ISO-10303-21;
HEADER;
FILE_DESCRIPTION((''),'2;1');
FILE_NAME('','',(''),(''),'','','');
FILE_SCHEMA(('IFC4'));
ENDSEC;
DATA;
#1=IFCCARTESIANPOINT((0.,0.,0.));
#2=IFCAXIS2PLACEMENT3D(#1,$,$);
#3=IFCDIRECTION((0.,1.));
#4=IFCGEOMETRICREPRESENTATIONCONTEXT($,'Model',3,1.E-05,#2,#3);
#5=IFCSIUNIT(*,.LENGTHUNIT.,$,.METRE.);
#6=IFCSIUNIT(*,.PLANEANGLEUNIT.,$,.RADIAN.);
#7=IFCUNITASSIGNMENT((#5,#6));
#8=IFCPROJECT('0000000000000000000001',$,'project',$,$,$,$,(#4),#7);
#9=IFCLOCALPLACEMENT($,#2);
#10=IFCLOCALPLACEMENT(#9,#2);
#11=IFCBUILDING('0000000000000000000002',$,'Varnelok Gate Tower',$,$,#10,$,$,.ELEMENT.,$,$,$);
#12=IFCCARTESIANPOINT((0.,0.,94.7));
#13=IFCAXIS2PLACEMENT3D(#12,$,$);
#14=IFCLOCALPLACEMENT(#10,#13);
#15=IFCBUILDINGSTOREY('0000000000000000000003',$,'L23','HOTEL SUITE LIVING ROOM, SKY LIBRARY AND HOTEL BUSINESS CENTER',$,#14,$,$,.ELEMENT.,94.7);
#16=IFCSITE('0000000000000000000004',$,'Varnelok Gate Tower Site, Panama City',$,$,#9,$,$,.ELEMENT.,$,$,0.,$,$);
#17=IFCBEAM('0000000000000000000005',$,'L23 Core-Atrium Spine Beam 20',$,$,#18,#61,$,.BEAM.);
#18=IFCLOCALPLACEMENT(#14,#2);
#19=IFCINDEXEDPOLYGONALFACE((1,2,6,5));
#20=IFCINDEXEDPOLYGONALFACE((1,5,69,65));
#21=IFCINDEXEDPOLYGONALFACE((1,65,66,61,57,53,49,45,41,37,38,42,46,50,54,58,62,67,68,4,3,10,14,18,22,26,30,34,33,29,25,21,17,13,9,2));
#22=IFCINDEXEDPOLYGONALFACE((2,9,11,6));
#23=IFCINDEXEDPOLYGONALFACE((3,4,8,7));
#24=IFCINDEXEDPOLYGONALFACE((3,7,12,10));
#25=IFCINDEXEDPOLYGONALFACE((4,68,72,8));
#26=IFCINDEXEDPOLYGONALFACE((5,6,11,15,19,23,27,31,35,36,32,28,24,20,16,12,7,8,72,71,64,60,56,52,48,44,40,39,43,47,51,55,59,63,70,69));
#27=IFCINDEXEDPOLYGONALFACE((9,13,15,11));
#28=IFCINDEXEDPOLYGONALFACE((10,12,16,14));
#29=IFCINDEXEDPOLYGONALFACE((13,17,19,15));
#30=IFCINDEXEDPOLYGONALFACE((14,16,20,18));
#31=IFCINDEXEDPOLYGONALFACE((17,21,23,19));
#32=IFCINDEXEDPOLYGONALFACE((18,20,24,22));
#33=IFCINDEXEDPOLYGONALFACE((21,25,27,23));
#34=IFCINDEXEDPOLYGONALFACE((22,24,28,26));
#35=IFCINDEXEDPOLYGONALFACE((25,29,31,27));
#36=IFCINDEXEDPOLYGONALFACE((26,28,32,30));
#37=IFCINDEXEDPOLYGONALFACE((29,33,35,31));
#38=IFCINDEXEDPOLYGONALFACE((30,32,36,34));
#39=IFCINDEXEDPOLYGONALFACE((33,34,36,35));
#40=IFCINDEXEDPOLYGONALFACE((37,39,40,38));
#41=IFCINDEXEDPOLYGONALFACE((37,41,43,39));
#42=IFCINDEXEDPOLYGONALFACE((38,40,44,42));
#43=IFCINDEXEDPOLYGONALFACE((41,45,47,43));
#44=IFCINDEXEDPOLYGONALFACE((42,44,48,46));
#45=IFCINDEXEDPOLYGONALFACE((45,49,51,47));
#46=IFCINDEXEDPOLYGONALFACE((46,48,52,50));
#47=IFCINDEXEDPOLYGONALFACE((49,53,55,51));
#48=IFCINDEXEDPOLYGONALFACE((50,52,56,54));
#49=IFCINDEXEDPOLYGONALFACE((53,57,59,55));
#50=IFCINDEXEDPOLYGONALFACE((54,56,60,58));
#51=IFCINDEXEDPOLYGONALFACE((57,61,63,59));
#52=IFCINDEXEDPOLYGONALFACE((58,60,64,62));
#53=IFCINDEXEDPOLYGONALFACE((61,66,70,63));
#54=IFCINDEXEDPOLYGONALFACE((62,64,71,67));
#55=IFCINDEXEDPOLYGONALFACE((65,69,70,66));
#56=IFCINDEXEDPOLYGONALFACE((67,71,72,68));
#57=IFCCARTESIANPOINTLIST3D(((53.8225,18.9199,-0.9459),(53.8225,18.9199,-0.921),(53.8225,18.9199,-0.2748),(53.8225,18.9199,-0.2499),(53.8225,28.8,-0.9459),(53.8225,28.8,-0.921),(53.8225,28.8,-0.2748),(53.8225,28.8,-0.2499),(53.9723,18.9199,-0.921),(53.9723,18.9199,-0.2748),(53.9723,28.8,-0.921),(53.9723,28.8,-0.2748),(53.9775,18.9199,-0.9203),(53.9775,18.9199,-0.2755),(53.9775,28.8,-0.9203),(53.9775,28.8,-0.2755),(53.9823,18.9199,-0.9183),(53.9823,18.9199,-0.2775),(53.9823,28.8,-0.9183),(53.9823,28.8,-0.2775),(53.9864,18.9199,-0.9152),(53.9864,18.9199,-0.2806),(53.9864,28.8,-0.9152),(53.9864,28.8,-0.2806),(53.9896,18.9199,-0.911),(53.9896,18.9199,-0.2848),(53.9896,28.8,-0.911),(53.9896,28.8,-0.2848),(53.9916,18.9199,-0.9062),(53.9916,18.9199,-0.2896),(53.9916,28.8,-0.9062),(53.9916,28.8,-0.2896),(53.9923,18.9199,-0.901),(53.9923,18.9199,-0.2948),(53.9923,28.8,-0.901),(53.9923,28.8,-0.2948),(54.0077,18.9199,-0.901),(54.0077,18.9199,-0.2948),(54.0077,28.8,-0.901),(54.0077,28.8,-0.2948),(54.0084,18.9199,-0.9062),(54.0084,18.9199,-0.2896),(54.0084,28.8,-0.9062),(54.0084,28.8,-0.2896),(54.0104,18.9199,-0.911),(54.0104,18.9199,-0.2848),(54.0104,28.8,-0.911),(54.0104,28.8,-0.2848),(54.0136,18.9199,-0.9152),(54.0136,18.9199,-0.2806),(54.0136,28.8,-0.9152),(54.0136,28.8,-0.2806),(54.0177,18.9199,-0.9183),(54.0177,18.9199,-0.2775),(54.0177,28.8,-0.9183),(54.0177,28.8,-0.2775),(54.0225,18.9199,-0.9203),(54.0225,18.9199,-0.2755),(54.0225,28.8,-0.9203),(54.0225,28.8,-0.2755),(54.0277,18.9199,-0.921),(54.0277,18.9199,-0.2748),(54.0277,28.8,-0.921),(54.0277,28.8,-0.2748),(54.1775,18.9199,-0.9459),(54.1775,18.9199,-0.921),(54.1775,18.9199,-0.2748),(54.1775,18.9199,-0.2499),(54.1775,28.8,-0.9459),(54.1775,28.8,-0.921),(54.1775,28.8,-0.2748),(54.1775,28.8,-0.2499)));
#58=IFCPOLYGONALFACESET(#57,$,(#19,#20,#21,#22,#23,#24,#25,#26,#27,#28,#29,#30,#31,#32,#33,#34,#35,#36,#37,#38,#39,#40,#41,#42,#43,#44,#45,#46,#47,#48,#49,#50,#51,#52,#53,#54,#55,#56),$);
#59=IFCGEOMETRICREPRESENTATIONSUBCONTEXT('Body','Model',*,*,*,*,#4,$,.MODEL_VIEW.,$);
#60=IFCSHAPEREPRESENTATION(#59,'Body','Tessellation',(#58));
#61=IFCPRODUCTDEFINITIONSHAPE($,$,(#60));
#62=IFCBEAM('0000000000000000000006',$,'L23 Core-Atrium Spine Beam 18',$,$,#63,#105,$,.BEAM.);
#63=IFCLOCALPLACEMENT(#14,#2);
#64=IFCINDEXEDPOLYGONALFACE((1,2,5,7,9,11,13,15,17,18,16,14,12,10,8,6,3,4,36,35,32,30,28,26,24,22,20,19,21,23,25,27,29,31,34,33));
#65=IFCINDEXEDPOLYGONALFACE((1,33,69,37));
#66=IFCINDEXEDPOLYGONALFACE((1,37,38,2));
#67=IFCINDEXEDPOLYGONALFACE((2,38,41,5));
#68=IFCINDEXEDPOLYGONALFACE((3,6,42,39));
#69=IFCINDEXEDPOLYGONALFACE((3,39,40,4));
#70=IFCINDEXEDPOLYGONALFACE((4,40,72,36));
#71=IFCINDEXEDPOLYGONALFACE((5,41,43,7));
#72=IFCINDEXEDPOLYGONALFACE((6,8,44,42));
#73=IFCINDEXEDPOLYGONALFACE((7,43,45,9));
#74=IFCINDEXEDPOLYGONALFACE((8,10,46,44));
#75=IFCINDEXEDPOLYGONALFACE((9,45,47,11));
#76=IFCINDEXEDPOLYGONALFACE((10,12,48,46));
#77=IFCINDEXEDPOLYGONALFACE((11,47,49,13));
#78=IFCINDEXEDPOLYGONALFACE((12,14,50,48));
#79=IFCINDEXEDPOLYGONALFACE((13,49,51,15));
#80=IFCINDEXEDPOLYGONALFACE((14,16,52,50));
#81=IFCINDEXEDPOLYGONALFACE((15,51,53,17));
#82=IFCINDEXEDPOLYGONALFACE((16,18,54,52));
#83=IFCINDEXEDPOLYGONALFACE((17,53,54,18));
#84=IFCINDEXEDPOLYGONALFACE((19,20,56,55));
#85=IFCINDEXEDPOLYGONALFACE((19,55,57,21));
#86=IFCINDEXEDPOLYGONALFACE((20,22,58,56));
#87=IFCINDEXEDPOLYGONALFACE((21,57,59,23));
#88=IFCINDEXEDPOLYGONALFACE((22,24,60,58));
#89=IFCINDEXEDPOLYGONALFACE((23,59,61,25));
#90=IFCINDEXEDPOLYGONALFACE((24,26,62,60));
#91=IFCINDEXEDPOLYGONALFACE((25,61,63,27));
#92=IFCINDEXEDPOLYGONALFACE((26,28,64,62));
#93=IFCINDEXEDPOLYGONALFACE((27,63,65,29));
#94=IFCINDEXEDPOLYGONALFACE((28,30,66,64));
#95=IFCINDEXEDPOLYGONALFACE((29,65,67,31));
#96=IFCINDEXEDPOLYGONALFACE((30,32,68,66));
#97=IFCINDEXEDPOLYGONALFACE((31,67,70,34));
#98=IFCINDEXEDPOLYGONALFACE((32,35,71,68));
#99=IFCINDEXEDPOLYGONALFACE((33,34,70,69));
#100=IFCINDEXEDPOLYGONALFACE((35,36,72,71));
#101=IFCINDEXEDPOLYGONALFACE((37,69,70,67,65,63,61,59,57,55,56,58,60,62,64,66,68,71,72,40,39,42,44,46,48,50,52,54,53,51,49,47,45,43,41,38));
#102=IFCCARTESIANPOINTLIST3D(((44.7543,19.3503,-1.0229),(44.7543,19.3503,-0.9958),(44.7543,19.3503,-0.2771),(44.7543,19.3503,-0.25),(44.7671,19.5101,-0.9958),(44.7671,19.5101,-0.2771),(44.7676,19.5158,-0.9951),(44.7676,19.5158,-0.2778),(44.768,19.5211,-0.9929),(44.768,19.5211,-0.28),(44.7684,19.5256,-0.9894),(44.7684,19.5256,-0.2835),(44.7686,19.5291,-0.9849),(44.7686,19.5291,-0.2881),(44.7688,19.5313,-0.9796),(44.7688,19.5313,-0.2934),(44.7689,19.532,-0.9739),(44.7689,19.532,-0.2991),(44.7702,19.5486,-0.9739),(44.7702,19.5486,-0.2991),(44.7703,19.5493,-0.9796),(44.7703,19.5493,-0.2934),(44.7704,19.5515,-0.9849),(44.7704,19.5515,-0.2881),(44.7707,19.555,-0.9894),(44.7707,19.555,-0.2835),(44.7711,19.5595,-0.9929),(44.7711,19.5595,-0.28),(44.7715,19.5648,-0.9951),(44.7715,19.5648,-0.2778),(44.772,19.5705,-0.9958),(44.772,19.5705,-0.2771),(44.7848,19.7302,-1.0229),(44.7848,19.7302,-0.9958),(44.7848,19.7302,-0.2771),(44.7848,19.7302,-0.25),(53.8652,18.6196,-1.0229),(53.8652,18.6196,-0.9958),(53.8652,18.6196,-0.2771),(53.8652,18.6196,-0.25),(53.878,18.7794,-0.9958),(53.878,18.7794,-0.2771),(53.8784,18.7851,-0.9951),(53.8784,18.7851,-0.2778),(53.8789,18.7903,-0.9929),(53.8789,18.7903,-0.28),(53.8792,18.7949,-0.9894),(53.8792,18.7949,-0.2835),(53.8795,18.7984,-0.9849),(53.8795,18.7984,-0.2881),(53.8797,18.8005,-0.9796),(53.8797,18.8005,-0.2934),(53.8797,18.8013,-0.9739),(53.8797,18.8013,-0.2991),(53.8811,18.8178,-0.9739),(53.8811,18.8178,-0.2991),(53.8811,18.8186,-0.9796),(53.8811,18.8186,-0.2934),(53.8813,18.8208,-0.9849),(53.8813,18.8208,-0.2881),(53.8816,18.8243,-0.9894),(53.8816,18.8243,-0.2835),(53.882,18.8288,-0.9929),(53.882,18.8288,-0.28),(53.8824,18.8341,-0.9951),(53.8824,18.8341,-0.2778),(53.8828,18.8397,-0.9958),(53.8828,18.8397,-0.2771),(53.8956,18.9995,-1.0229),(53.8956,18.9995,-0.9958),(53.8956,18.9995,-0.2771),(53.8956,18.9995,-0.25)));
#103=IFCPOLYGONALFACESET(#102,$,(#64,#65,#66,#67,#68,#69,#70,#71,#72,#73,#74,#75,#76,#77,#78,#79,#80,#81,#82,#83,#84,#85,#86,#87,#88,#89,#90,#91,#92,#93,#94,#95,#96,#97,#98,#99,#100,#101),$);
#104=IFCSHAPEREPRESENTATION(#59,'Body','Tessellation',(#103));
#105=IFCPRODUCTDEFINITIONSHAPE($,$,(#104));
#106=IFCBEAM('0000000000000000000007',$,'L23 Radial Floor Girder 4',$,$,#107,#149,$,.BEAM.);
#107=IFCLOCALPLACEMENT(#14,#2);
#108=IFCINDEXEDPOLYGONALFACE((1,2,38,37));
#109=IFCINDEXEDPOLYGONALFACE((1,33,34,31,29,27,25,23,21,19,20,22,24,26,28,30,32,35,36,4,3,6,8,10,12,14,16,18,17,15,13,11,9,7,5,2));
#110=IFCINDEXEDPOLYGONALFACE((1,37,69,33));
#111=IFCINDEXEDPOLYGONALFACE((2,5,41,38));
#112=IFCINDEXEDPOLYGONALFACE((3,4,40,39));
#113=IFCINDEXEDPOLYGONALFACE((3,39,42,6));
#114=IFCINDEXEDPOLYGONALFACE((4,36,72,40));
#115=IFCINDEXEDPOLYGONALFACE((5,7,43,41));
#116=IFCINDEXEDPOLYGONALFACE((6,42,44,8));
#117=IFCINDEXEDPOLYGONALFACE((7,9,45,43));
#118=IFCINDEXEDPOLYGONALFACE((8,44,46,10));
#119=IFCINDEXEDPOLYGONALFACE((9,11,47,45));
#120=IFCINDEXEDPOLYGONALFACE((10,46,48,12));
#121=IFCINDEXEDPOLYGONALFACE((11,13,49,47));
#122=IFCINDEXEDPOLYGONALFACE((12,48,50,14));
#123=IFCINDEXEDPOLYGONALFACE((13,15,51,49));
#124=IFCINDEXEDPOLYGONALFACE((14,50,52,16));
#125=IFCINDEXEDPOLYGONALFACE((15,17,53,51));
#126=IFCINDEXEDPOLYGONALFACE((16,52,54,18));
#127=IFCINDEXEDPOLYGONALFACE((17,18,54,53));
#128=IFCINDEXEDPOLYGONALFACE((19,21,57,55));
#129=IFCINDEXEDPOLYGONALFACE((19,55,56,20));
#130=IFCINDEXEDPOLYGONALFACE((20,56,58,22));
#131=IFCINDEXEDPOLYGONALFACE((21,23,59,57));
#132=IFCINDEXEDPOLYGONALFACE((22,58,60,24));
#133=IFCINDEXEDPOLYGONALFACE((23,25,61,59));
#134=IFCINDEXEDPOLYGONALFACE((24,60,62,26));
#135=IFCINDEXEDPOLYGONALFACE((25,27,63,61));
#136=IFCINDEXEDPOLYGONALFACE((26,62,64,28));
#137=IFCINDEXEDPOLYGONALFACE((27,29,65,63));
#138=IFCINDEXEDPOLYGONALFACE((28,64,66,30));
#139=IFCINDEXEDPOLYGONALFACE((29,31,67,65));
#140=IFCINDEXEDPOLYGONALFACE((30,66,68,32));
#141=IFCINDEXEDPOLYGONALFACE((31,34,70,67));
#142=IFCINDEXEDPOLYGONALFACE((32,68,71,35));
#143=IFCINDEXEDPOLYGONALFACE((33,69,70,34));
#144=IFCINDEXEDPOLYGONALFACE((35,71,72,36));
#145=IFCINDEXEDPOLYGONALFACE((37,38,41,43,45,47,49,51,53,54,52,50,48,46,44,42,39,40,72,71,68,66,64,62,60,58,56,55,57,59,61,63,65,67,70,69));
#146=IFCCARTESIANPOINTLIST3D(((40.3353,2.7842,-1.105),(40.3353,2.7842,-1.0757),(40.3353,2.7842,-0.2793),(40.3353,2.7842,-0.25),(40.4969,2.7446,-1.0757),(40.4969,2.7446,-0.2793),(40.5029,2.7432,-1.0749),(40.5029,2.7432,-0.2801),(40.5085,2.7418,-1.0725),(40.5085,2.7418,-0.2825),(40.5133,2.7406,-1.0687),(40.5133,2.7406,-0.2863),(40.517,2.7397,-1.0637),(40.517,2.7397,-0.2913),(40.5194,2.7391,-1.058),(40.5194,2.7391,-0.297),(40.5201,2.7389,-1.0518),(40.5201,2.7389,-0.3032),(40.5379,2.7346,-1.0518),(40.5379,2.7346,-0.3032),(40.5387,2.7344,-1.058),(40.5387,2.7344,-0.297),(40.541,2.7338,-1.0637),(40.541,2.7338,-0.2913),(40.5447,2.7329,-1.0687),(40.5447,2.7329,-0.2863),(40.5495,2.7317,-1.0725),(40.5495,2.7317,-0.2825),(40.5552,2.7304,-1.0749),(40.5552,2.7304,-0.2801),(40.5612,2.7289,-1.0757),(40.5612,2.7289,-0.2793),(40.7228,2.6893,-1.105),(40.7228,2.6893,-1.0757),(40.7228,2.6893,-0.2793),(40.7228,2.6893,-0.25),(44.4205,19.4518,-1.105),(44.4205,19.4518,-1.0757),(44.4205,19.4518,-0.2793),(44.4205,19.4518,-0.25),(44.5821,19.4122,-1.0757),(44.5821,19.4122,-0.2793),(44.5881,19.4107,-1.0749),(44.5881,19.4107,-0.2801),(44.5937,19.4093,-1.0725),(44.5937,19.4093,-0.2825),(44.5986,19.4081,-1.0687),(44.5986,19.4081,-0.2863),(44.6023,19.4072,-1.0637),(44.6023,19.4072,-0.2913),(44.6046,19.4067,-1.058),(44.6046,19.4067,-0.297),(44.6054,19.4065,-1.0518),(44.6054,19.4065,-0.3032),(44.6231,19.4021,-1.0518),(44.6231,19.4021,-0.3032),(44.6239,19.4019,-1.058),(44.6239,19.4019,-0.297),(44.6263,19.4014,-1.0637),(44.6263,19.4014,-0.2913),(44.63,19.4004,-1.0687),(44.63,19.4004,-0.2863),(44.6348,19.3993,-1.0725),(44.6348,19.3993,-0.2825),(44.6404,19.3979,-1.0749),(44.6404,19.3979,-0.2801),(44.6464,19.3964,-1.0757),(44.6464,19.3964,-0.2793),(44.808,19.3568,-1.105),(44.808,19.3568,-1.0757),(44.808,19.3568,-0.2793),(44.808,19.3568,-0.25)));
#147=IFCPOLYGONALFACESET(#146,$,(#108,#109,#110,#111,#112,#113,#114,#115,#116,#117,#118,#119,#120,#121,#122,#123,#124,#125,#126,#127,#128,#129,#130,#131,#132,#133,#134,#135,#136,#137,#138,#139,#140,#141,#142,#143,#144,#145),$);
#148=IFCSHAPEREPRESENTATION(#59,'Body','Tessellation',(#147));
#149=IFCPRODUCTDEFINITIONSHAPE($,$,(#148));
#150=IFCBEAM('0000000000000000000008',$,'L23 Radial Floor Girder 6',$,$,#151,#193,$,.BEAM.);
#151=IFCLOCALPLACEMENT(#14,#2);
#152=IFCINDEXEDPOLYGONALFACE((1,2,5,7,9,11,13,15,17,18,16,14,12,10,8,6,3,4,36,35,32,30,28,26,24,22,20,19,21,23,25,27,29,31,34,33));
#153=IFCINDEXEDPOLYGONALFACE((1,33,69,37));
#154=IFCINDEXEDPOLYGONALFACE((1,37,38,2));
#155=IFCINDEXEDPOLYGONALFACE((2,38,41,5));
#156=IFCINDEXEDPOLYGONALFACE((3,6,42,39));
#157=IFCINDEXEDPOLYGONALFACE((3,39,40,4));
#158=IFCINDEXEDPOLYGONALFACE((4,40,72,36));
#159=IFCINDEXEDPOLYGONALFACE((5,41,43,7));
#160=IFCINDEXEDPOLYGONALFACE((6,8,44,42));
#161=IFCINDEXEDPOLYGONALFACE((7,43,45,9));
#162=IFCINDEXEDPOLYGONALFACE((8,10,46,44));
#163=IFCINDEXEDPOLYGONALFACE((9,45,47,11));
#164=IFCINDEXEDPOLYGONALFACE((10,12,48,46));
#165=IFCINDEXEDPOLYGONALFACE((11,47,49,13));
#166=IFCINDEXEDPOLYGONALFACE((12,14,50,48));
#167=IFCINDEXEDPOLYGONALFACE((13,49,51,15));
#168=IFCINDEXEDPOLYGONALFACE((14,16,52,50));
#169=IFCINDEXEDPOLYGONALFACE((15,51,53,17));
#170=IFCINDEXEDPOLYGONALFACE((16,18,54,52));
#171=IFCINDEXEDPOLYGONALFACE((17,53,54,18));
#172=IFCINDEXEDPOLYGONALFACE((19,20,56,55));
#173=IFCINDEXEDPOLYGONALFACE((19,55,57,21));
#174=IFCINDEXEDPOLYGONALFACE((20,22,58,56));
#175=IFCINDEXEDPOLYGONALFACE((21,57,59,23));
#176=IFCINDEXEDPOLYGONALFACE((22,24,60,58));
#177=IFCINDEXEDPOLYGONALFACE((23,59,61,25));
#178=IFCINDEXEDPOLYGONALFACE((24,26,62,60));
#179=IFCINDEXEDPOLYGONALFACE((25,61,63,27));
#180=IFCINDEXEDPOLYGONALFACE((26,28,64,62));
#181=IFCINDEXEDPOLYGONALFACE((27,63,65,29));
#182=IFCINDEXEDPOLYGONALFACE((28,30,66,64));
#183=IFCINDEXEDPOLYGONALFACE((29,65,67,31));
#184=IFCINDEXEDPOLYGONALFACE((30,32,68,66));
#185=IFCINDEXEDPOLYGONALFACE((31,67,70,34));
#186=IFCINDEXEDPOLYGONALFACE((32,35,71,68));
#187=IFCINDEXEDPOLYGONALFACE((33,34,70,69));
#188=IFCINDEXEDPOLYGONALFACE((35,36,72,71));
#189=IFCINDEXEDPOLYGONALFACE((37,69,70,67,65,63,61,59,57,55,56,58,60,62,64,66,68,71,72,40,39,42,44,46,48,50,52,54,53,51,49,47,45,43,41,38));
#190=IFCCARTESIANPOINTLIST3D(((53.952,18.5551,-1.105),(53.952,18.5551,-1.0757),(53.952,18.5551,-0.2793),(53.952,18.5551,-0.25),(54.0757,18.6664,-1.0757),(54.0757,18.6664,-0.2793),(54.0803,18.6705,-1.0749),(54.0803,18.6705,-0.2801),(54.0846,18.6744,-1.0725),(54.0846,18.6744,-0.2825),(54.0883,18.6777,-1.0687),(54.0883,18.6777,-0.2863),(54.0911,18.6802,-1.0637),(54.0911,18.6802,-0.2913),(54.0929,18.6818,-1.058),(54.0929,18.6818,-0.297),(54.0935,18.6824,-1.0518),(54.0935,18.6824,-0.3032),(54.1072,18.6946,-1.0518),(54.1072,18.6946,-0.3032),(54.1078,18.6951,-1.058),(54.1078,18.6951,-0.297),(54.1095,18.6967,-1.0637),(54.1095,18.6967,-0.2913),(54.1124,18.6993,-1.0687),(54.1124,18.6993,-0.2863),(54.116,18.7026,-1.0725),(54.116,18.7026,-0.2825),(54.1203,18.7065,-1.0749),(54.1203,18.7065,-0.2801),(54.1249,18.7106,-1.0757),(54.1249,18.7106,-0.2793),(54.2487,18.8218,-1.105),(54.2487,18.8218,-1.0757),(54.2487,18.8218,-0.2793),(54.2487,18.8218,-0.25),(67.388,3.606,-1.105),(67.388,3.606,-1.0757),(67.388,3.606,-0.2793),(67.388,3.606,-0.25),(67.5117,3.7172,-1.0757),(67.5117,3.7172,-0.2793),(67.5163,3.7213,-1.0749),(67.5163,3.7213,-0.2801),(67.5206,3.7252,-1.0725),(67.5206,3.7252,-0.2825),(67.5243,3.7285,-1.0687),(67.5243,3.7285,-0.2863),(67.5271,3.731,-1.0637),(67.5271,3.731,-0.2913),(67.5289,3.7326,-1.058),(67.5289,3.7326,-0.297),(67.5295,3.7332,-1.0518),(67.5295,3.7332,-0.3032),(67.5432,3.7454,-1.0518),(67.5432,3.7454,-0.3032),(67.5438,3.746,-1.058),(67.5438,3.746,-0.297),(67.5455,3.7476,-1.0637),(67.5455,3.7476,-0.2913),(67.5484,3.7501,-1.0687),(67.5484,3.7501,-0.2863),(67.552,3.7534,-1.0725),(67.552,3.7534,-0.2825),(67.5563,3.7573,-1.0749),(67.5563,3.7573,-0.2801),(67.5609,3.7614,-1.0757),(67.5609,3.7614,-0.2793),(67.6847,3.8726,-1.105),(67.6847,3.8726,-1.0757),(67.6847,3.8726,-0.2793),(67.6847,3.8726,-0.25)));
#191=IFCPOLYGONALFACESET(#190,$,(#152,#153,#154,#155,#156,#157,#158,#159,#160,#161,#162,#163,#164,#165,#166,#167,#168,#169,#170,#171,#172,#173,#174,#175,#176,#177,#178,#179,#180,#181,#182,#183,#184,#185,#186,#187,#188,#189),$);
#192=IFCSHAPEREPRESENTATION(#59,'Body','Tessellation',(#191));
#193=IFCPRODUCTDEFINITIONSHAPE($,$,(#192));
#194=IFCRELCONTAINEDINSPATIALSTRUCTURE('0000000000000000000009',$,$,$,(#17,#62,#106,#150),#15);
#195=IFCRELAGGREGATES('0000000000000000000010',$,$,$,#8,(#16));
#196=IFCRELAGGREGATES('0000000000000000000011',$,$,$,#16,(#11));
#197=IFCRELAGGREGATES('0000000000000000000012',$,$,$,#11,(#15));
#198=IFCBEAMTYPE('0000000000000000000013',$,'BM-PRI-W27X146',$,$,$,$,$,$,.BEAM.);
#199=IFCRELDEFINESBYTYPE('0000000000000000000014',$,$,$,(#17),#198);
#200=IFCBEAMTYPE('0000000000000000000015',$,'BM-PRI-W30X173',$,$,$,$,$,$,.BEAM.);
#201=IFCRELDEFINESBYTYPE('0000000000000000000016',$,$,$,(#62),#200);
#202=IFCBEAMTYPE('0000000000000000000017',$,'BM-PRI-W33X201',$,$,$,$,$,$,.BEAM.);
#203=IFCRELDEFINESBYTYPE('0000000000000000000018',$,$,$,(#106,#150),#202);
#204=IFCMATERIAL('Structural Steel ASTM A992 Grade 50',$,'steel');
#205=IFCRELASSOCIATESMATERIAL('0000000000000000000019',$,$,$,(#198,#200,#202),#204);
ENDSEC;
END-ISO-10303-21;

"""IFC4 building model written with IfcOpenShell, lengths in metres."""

from ifc_helpers import new_model, si_unit, direction, frame, origin, origin_2d, place, context, subcontext, project, spatial, i_section, extrude, material, material_profile, profile_set, type_object, element, save


model = new_model("IFC4")

# Units and contexts
model_context = context("Model", 3, precision=1e-05, world=origin(), true_north=direction((0.0, 1.0)))
body_context = subcontext(model_context, "Body", "Model", "MODEL_VIEW")
ifc_project = project(units=[si_unit("LENGTHUNIT", "METRE"), si_unit("PLANEANGLEUNIT", "RADIAN")], contexts=[model_context])

# Site, building, storey
site_placement = place(None, origin())
site = spatial("IfcSite", under=ifc_project, at=site_placement, Name="Varnelok Gate Tower Site, Panama City", CompositionType="ELEMENT", RefElevation=0.0)
building_placement = place(site_placement, origin())
building = spatial("IfcBuilding", under=site, at=building_placement, Name="Varnelok Gate Tower", CompositionType="ELEMENT")
storey_placement = place(building_placement, frame((0.0, 0.0, 94.7)))
storey = spatial("IfcBuildingStorey", under=building, at=storey_placement, Name="L23", Description="HOTEL SUITE LIVING ROOM, SKY LIBRARY AND HOTEL BUSINESS CENTER", CompositionType="ELEMENT", Elevation=94.7)

# Shared definitions
ifc_material_1 = material(Name="Structural Steel ASTM A992 Grade 50", Category="steel")

# Beams
ifc_material_profile_1 = material_profile(ifc_material_1, i_section(OverallWidth=0.355, OverallDepth=0.696, WebThickness=0.0154, FlangeThickness=0.0249, FilletRadius=0.02, at=origin_2d()), Name="W27X146")
ifc_profile_set_1 = profile_set([ifc_material_profile_1], Name="Structural Steel ASTM A992 Grade 50")
beam_type_1 = type_object("IfcBeamType", Name="BM-PRI-W27X146", PredefinedType="BEAM", material=ifc_profile_set_1)
beam_1_placement = place(storey_placement, frame((54.0, 18.9199, -0.5979), z_axis=(0.0, 1.0, 0.0), x_axis=(-1.0, 0.0, 0.0)))
element("IfcBeam", 1, at=beam_1_placement, inside=storey, type_object=beam_type_1, Name="L23 Core-Atrium Spine Beam 20", PredefinedType="BEAM", context=body_context, shape_type="SweptSolid", body=[
    extrude(i_section(OverallWidth=0.355, OverallDepth=0.696, WebThickness=0.0154, FlangeThickness=0.0249, FilletRadius=0.02, at=origin_2d()), origin(), (0.0, 0.0, 1.0), 9.8801),
])
ifc_material_profile_2 = material_profile(ifc_material_1, i_section(OverallWidth=0.3811, OverallDepth=0.7729, WebThickness=0.0166, FlangeThickness=0.0271, FilletRadius=0.022, at=origin_2d()), Name="W30X173")
ifc_profile_set_2 = profile_set([ifc_material_profile_2], Name="Structural Steel ASTM A992 Grade 50")
beam_type_2 = type_object("IfcBeamType", Name="BM-PRI-W30X173", PredefinedType="BEAM", material=ifc_profile_set_2)
beam_2_placement = place(storey_placement, frame((44.7695, 19.5403, -0.6365), z_axis=(0.996799, -0.079946, 0.0), x_axis=(0.079946, 0.996799, 0.0)))
element("IfcBeam", 2, at=beam_2_placement, inside=storey, type_object=beam_type_2, Name="L23 Core-Atrium Spine Beam 18", PredefinedType="BEAM", context=body_context, shape_type="SweptSolid", body=[
    extrude(i_section(OverallWidth=0.3811, OverallDepth=0.7729, WebThickness=0.0166, FlangeThickness=0.0271, FilletRadius=0.022, at=origin_2d()), origin(), (0.0, 0.0, 1.0), 9.1401),
])
ifc_material_profile_3 = material_profile(ifc_material_1, i_section(OverallWidth=0.3989, OverallDepth=0.855, WebThickness=0.0183, FlangeThickness=0.0293, FilletRadius=0.0239, at=origin_2d()), Name="W33X201")
ifc_profile_set_3 = profile_set([ifc_material_profile_3], Name="Structural Steel ASTM A992 Grade 50")
beam_type_3 = type_object("IfcBeamType", Name="BM-PRI-W33X201", PredefinedType="BEAM", material=ifc_profile_set_3)
beam_3_placement = place(storey_placement, frame((44.6143, 19.4043, -0.6775), z_axis=(-0.238054, -0.971252, 0.0), x_axis=(0.971252, -0.238054, 0.0)))
element("IfcBeam", 3, at=beam_3_placement, inside=storey, type_object=beam_type_3, Name="L23 Radial Floor Girder 4", PredefinedType="BEAM", context=body_context, shape_type="SweptSolid", body=[
    extrude(i_section(OverallWidth=0.3989, OverallDepth=0.855, WebThickness=0.0183, FlangeThickness=0.0293, FilletRadius=0.0239, at=origin_2d()), origin(), (0.0, 0.0, 1.0), 17.1609),
])
beam_4_placement = place(storey_placement, frame((54.1003, 18.6885, -0.6775), z_axis=(0.668463, -0.743746, 0.0), x_axis=(0.743746, 0.668463, 0.0)))
element("IfcBeam", 4, at=beam_4_placement, inside=storey, type_object=beam_type_3, Name="L23 Radial Floor Girder 6", PredefinedType="BEAM", context=body_context, shape_type="SweptSolid", body=[
    extrude(i_section(OverallWidth=0.3989, OverallDepth=0.855, WebThickness=0.0183, FlangeThickness=0.0293, FilletRadius=0.0239, at=origin_2d()), origin(), (0.0, 0.0, 1.0), 20.0999),
])

save(model, "model.ifc")
